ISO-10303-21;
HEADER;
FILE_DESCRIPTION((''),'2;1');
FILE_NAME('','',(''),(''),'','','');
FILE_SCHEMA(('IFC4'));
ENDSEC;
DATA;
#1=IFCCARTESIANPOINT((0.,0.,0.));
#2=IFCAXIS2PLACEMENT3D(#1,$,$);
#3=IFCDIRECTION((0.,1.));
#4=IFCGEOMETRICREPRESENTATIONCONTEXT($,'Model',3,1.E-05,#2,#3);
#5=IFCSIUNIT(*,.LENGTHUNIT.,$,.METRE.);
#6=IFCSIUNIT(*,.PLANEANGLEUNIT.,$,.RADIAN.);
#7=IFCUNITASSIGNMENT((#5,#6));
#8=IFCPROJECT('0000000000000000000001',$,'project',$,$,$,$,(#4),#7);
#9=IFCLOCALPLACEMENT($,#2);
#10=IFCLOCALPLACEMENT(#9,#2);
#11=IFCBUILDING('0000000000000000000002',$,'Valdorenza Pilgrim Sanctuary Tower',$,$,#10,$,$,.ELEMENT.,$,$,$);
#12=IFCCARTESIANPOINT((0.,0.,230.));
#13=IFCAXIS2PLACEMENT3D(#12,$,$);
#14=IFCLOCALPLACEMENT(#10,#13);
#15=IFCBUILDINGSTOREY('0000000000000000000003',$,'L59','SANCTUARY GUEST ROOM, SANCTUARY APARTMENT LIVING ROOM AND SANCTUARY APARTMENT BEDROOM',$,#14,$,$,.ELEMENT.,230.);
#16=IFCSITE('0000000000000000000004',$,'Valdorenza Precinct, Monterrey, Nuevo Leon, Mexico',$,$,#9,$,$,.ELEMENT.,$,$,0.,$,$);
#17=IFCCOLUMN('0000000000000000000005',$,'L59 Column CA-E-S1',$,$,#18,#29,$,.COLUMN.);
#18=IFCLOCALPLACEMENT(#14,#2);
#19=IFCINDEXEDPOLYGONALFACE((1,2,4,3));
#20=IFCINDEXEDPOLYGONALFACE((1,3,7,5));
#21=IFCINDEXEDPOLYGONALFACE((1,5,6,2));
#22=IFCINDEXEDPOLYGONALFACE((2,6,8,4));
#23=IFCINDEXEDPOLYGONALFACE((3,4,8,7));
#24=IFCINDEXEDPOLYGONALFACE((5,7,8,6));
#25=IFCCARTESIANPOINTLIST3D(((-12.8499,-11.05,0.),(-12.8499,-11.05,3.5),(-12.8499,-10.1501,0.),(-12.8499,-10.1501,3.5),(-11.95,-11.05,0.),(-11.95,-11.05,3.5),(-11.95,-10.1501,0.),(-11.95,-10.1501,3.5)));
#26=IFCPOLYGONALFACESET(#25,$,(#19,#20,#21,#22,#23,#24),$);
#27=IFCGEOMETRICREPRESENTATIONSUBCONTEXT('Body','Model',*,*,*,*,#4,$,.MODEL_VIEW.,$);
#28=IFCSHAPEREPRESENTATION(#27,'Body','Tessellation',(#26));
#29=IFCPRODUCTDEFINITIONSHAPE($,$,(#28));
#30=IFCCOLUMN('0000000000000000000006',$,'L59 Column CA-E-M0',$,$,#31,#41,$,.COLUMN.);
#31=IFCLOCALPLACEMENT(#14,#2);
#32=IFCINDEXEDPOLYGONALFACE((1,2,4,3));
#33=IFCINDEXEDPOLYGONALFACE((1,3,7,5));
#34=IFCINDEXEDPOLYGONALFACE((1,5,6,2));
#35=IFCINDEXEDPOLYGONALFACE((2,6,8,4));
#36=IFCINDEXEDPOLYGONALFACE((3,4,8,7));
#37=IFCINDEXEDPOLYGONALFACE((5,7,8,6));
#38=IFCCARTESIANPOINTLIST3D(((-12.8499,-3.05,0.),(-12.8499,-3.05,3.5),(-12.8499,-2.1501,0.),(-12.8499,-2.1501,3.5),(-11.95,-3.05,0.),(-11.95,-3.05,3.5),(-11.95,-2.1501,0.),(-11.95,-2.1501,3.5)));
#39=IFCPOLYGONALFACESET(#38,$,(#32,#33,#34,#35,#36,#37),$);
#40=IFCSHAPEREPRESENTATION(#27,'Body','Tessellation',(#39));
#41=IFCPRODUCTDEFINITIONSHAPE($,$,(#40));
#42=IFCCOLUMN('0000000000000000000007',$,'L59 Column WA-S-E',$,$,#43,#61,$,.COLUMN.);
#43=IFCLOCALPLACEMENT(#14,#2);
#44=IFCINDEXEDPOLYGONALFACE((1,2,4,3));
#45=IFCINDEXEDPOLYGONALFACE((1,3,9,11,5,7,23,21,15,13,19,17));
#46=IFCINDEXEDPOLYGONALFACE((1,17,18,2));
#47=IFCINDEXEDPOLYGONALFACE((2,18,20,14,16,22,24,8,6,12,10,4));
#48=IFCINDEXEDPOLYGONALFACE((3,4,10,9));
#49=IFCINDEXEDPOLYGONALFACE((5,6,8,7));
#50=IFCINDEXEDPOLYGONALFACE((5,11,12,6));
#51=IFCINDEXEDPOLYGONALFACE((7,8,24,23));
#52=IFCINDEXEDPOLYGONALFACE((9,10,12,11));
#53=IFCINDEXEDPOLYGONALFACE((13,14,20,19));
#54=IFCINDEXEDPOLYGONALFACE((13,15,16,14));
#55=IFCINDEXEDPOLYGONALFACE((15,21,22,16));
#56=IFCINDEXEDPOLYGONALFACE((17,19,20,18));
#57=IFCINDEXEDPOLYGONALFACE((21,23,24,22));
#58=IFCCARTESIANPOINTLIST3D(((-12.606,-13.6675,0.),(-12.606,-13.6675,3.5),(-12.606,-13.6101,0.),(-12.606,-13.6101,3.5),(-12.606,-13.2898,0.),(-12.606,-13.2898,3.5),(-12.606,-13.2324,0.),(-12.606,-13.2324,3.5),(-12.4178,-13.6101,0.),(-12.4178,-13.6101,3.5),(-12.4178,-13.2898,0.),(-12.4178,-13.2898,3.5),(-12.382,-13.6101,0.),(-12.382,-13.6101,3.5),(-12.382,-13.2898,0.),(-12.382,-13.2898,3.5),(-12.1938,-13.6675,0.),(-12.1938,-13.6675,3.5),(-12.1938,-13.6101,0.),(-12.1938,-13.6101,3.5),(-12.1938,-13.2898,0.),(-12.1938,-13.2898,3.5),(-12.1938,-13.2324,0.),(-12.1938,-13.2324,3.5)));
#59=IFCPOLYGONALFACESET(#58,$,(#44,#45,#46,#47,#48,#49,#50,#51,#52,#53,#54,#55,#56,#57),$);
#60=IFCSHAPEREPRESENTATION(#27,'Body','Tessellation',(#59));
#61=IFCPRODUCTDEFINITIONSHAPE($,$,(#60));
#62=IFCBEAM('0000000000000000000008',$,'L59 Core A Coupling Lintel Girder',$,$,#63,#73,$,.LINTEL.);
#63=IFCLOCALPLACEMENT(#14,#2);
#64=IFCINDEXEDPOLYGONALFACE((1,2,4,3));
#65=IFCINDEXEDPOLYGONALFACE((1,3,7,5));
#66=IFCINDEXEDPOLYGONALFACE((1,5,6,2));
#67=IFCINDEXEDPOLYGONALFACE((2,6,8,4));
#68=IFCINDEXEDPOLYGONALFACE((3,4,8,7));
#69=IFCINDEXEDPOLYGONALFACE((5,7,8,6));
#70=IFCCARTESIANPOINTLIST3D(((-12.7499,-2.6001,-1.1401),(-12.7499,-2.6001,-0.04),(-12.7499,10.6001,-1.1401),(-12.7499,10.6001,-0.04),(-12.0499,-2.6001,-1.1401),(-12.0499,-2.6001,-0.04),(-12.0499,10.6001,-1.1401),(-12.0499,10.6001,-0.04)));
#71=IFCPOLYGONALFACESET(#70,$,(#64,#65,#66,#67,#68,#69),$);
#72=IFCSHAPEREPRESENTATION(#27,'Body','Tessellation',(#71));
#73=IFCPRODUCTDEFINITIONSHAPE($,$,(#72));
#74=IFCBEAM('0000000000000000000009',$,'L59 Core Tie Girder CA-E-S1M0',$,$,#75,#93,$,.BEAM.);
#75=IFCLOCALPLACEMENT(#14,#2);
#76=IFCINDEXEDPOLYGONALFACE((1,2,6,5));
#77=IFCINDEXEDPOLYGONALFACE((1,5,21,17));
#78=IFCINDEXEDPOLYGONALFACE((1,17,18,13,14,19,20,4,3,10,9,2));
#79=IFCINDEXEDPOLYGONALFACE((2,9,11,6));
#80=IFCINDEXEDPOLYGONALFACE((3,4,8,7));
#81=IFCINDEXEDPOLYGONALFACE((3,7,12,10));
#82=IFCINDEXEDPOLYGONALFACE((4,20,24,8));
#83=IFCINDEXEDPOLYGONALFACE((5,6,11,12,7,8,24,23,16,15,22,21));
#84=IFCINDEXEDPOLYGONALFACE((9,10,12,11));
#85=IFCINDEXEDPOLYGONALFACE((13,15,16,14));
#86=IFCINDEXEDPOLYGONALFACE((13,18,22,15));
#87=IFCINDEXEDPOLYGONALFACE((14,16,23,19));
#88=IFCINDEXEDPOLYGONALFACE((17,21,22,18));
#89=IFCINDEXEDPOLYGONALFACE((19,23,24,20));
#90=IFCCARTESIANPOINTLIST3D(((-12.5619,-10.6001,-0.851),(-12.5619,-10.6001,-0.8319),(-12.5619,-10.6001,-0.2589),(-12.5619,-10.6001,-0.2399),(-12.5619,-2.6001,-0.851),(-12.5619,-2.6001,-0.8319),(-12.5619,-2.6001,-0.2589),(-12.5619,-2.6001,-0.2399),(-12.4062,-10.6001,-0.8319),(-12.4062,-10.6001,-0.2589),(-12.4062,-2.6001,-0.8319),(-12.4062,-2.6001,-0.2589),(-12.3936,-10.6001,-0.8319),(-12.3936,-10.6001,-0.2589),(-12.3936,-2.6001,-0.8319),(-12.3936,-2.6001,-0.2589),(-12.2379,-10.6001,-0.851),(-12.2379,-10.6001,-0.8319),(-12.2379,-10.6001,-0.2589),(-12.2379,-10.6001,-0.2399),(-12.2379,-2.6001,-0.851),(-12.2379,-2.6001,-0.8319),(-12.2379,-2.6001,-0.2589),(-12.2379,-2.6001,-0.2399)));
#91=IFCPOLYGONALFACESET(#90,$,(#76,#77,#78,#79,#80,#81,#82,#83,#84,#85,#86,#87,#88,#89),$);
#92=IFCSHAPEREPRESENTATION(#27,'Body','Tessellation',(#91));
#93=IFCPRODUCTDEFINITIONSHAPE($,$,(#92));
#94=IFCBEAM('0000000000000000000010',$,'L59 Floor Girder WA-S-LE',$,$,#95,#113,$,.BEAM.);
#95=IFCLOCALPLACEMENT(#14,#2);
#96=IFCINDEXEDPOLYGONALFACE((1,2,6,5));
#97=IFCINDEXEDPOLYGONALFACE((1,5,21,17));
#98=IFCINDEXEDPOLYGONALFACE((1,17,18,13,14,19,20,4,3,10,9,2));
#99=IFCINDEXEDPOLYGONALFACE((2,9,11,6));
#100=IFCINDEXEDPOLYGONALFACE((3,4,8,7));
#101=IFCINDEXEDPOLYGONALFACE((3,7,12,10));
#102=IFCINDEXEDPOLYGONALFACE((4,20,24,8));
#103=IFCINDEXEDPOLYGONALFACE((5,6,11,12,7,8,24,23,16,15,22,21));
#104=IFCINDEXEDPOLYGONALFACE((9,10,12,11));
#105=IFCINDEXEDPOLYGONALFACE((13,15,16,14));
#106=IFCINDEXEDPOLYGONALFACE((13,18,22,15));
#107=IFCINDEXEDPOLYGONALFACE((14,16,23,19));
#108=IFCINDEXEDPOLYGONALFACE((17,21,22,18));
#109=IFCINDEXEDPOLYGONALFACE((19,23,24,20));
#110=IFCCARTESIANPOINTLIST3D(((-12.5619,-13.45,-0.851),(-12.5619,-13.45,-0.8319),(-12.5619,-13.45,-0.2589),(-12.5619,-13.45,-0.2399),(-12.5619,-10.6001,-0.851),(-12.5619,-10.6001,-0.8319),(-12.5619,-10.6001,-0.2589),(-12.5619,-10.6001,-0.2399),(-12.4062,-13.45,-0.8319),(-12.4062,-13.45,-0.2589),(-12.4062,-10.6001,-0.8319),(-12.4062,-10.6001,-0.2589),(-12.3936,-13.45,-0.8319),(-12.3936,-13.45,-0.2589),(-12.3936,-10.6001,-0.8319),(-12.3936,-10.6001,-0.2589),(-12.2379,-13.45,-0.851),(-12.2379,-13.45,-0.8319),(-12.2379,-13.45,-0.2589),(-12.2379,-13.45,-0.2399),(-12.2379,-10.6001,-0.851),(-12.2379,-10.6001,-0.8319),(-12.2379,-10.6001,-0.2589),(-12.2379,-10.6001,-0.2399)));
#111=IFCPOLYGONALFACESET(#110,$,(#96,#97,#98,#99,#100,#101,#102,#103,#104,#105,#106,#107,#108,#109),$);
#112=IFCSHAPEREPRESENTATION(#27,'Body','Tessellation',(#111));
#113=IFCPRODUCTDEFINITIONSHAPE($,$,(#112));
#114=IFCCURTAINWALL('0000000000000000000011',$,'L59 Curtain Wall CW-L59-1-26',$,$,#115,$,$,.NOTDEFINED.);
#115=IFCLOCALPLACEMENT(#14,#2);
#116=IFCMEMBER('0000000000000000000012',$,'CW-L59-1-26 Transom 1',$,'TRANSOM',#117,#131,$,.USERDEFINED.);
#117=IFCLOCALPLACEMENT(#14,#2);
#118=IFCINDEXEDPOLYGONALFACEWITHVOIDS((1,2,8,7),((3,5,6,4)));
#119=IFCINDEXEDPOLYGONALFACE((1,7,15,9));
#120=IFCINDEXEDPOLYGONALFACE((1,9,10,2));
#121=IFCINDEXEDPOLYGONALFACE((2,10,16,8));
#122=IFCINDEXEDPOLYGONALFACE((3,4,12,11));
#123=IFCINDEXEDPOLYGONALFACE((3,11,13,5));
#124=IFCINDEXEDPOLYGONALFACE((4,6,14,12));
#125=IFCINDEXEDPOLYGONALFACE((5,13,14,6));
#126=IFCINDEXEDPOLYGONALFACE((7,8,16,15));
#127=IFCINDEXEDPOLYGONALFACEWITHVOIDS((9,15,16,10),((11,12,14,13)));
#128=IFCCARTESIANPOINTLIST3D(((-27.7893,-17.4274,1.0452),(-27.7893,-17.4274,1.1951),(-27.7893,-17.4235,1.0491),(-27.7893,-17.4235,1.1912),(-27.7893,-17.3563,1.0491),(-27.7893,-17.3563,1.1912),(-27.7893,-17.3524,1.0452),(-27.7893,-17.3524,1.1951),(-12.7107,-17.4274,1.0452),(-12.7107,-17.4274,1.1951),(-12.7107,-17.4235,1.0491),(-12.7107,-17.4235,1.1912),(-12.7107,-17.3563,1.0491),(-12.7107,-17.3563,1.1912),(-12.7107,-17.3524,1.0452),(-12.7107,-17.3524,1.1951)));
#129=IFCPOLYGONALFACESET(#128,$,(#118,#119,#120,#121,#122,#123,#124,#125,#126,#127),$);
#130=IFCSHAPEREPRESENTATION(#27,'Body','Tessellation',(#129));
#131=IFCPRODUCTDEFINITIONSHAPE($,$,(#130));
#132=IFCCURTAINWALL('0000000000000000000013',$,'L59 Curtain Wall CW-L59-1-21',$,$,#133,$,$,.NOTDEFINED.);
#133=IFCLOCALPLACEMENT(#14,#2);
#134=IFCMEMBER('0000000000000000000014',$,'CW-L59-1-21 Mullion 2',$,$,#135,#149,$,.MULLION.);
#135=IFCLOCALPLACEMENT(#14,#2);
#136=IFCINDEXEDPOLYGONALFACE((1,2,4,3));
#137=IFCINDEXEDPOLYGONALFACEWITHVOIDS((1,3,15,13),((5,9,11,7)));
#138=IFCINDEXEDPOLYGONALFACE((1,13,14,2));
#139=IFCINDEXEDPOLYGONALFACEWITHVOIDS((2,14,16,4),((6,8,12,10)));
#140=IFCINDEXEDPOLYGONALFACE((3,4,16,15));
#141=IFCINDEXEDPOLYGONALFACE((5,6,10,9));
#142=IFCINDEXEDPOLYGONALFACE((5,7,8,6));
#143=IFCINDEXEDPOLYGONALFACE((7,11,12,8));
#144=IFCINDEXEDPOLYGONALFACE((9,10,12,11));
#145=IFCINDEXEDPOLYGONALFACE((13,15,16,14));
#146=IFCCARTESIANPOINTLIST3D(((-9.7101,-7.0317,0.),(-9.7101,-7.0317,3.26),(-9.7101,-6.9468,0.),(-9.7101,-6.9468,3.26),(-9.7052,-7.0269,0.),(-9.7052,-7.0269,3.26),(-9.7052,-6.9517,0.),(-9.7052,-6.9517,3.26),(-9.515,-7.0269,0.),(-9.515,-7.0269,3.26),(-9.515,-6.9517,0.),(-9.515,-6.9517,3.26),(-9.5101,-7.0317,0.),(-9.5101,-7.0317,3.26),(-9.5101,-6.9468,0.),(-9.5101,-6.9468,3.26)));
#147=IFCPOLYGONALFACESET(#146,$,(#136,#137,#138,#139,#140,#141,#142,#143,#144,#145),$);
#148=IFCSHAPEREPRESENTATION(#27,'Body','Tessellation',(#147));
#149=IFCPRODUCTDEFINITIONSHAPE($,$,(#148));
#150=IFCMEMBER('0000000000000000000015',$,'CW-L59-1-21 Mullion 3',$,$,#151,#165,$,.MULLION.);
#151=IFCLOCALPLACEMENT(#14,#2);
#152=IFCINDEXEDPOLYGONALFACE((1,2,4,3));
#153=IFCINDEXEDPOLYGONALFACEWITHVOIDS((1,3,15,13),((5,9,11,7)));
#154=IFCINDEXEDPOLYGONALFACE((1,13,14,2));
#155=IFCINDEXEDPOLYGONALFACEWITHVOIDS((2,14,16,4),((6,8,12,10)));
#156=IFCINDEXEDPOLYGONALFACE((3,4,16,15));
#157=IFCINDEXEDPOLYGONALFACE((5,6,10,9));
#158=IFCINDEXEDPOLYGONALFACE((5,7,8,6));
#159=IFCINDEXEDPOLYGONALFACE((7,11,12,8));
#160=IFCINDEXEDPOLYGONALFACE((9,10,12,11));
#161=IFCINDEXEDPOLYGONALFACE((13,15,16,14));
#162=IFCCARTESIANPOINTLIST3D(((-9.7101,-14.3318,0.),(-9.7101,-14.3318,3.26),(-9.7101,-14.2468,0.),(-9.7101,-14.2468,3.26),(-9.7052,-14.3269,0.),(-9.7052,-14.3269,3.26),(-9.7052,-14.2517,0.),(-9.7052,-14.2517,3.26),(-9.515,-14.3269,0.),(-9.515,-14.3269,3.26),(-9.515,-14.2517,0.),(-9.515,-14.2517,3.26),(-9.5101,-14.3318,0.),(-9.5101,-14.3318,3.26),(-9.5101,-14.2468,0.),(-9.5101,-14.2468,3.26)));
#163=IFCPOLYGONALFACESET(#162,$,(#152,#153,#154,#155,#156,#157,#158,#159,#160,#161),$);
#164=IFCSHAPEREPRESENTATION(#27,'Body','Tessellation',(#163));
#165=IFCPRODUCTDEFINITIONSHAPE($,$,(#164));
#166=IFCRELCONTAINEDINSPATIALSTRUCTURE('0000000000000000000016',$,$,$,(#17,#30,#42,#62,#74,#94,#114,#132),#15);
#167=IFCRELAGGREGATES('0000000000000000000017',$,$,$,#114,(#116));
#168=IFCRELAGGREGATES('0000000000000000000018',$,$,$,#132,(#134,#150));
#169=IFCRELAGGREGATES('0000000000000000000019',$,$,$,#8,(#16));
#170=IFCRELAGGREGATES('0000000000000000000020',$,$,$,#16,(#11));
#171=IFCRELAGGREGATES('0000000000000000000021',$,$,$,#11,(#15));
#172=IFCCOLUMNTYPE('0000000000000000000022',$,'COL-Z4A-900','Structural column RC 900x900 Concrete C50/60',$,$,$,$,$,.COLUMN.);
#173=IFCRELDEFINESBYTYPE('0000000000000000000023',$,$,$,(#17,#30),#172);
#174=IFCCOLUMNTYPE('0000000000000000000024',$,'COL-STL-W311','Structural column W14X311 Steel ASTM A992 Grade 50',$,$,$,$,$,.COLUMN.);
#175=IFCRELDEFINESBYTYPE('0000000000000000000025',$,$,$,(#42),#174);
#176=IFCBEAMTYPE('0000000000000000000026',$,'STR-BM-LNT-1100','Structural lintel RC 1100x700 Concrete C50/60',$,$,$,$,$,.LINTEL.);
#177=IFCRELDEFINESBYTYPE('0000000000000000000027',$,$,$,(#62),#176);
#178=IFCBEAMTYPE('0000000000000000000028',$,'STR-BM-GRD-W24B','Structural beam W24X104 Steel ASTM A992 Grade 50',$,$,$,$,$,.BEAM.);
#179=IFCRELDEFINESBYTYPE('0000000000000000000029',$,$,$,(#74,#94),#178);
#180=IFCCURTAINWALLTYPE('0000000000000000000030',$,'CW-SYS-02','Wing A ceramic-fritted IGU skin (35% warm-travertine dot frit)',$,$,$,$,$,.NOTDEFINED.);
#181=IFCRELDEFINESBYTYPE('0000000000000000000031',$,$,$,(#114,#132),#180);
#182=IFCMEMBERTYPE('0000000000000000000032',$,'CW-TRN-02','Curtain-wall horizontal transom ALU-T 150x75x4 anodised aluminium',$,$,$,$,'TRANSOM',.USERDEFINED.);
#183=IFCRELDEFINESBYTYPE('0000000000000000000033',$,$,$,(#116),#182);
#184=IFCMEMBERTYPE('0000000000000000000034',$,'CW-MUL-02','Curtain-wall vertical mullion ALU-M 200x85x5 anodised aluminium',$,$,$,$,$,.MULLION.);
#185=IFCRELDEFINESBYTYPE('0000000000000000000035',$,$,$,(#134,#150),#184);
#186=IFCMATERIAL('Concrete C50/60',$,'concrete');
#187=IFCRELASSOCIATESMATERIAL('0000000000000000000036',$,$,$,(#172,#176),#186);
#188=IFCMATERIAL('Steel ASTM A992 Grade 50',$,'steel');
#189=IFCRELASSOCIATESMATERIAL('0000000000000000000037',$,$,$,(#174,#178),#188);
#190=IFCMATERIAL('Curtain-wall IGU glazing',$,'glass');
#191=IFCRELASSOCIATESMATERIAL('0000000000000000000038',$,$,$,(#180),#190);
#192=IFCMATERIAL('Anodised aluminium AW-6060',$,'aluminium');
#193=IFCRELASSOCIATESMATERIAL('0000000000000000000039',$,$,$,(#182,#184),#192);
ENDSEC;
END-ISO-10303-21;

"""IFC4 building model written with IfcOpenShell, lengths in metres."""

from ifc_helpers import new_model, si_unit, direction, frame, origin, origin_2d, place, context, subcontext, project, spatial, rectangle, hollow_rectangle, i_section, extrude, source, transform, mapped, material, material_profile, profile_set, type_object, element, aggregate, save


model = new_model("IFC4")

# Units and contexts
model_context = context("Model", 3, precision=1e-05, world=origin(), true_north=direction((0.0, 1.0)))
body_context = subcontext(model_context, "Body", "Model", "MODEL_VIEW")
ifc_project = project(units=[si_unit("LENGTHUNIT", "METRE"), si_unit("PLANEANGLEUNIT", "RADIAN")], contexts=[model_context])

# Site, building, storey
site_placement = place(None, origin())
site = spatial("IfcSite", under=ifc_project, at=site_placement, Name="Valdorenza Precinct, Monterrey, Nuevo Leon, Mexico", CompositionType="ELEMENT", RefElevation=0.0)
building_placement = place(site_placement, origin())
building = spatial("IfcBuilding", under=site, at=building_placement, Name="Valdorenza Pilgrim Sanctuary Tower", CompositionType="ELEMENT")
storey_placement = place(building_placement, frame((0.0, 0.0, 230.0)))
storey = spatial("IfcBuildingStorey", under=building, at=storey_placement, Name="L59", Description="SANCTUARY GUEST ROOM, SANCTUARY APARTMENT LIVING ROOM AND SANCTUARY APARTMENT BEDROOM", CompositionType="ELEMENT", Elevation=230.0)

# Columns
ifc_material_1 = material(Name="Concrete C50/60", Category="concrete")
ifc_material_profile_1 = material_profile(ifc_material_1, rectangle(XDim=0.8999, YDim=0.8999, at=origin_2d()), Name="RC 900x900")
ifc_profile_set_1 = profile_set([ifc_material_profile_1], Name="Concrete C50/60")
column_type_1 = type_object("IfcColumnType", Name="COL-Z4A-900", Description="Structural column RC 900x900 Concrete C50/60", PredefinedType="COLUMN", material=ifc_profile_set_1)
shared_shape_1 = source(origin(), body_context, "Body", "SweptSolid", [
    extrude(rectangle(XDim=0.8999, YDim=0.8999, at=origin_2d()), origin(), (0.0, 0.0, 1.0), 3.5),
])
for number, where, z_axis, x_axis, name in (
    (1, (-12.3999, -10.6001, 0.0), (0.0, 0.0, 1.0), (1.0, 0.0, 0.0), "L59 Column CA-E-S1"),
    (2, (-12.3999, -2.6001, 0.0), (0.0, 0.0, 1.0), (1.0, 0.0, 0.0), "L59 Column CA-E-M0"),
):
    element("IfcColumn", number, at=place(storey_placement, frame(where, z_axis=z_axis, x_axis=x_axis)), inside=storey, type_object=column_type_1, Name=name, PredefinedType="COLUMN", context=body_context, shape_type="MappedRepresentation", body=[
        mapped(shared_shape_1, transform((0.0, 0.0, 0.0), x_axis=(1.0, 0.0, 0.0), y_axis=(0.0, 1.0, 0.0), z_axis=(0.0, 0.0, 1.0), scale=1.0)),
    ])
ifc_material_2 = material(Name="Steel ASTM A992 Grade 50", Category="steel")
ifc_material_profile_2 = material_profile(ifc_material_2, i_section(OverallWidth=0.4121, OverallDepth=0.4351, WebThickness=0.0359, FlangeThickness=0.0574, at=origin_2d()), Name="W14X311")
ifc_profile_set_2 = profile_set([ifc_material_profile_2], Name="Steel ASTM A992 Grade 50")
column_type_2 = type_object("IfcColumnType", Name="COL-STL-W311", Description="Structural column W14X311 Steel ASTM A992 Grade 50", PredefinedType="COLUMN", material=ifc_profile_set_2)
shared_shape_2 = source(origin(), body_context, "Body", "SweptSolid", [
    extrude(i_section(OverallWidth=0.4121, OverallDepth=0.4351, WebThickness=0.0359, FlangeThickness=0.0574, at=origin_2d()), origin(), (0.0, 0.0, 1.0), 3.5),
])
column_placement = place(storey_placement, frame((-12.3999, -13.45, 0.0), z_axis=(0.0, 0.0, 1.0), x_axis=(1.0, 0.0, 0.0)))
element("IfcColumn", 3, at=column_placement, inside=storey, type_object=column_type_2, Name="L59 Column WA-S-E", PredefinedType="COLUMN", context=body_context, shape_type="MappedRepresentation", body=[
    mapped(shared_shape_2, transform((0.0, 0.0, 0.0), x_axis=(1.0, 0.0, 0.0), y_axis=(0.0, 1.0, 0.0), z_axis=(0.0, 0.0, 1.0), scale=1.0)),
])

# Beams
ifc_material_profile_3 = material_profile(ifc_material_1, rectangle(XDim=0.7, YDim=1.1001, at=origin_2d()), Name="RC 1100x700")
ifc_profile_set_3 = profile_set([ifc_material_profile_3], Name="Concrete C50/60")
beam_type_1 = type_object("IfcBeamType", Name="STR-BM-LNT-1100", Description="Structural lintel RC 1100x700 Concrete C50/60", PredefinedType="LINTEL", material=ifc_profile_set_3)
shared_shape_3 = source(origin(), body_context, "Body", "SweptSolid", [
    extrude(rectangle(XDim=0.7, YDim=1.1001, at=origin_2d()), origin(), (0.0, 0.0, 1.0), 13.2002),
])
beam_1_placement = place(storey_placement, frame((-12.3999, -2.6001, -0.5901), z_axis=(0.0, 1.0, 0.0), x_axis=(-1.0, 0.0, 0.0)))
element("IfcBeam", 4, at=beam_1_placement, inside=storey, type_object=beam_type_1, Name="L59 Core A Coupling Lintel Girder", PredefinedType="LINTEL", context=body_context, shape_type="MappedRepresentation", body=[
    mapped(shared_shape_3, transform((0.0, 0.0, 0.0), x_axis=(1.0, 0.0, 0.0), y_axis=(0.0, 1.0, 0.0), z_axis=(0.0, 0.0, 1.0), scale=1.0)),
])
ifc_material_profile_4 = material_profile(ifc_material_2, i_section(OverallWidth=0.324, OverallDepth=0.6111, WebThickness=0.0127, FlangeThickness=0.019, at=origin_2d()), Name="W24X104")
ifc_profile_set_4 = profile_set([ifc_material_profile_4], Name="Steel ASTM A992 Grade 50")
beam_type_2 = type_object("IfcBeamType", Name="STR-BM-GRD-W24B", Description="Structural beam W24X104 Steel ASTM A992 Grade 50", PredefinedType="BEAM", material=ifc_profile_set_4)
shared_shape_4 = source(origin(), body_context, "Body", "SweptSolid", [
    extrude(i_section(OverallWidth=0.324, OverallDepth=0.6111, WebThickness=0.0127, FlangeThickness=0.019, at=origin_2d()), origin(), (0.0, 0.0, 1.0), 8.0),
])
beam_2_placement = place(storey_placement, frame((-12.3999, -10.6001, -0.5454), z_axis=(0.0, 1.0, 0.0), x_axis=(-1.0, 0.0, 0.0)))
element("IfcBeam", 5, at=beam_2_placement, inside=storey, type_object=beam_type_2, Name="L59 Core Tie Girder CA-E-S1M0", PredefinedType="BEAM", context=body_context, shape_type="MappedRepresentation", body=[
    mapped(shared_shape_4, transform((0.0, 0.0, 0.0), x_axis=(1.0, 0.0, 0.0), y_axis=(0.0, 1.0, 0.0), z_axis=(0.0, 0.0, 1.0), scale=1.0)),
])
shared_shape_5 = source(origin(), body_context, "Body", "SweptSolid", [
    extrude(i_section(OverallWidth=0.324, OverallDepth=0.6111, WebThickness=0.0127, FlangeThickness=0.019, at=origin_2d()), origin(), (0.0, 0.0, 1.0), 2.8499),
])
beam_3_placement = place(storey_placement, frame((-12.3999, -13.45, -0.5454), z_axis=(0.0, 1.0, 0.0), x_axis=(-1.0, 0.0, 0.0)))
element("IfcBeam", 6, at=beam_3_placement, inside=storey, type_object=beam_type_2, Name="L59 Floor Girder WA-S-LE", PredefinedType="BEAM", context=body_context, shape_type="MappedRepresentation", body=[
    mapped(shared_shape_5, transform((0.0, 0.0, 0.0), x_axis=(1.0, 0.0, 0.0), y_axis=(0.0, 1.0, 0.0), z_axis=(0.0, 0.0, 1.0), scale=1.0)),
])

# Curtain wall, member
ifc_material_3 = material(Name="Curtain-wall IGU glazing", Category="glass")
curtain_wall_type = type_object("IfcCurtainWallType", Name="CW-SYS-02", Description="Wing A ceramic-fritted IGU skin (35% warm-travertine dot frit)", PredefinedType="NOTDEFINED", material=ifc_material_3)
curtain_wall_1_placement = place(storey_placement, origin())
curtain_wall_1 = element("IfcCurtainWall", 7, at=curtain_wall_1_placement, inside=storey, type_object=curtain_wall_type, Name="L59 Curtain Wall CW-L59-1-26", PredefinedType="NOTDEFINED")
ifc_material_4 = material(Name="Anodised aluminium AW-6060", Category="aluminium")
ifc_material_profile_5 = material_profile(ifc_material_4, hollow_rectangle(XDim=0.075, YDim=0.1499, WallThickness=0.0039, at=origin_2d()), Name="ALU-T 150x75x4")
ifc_profile_set_5 = profile_set([ifc_material_profile_5], Name="Anodised aluminium AW-6060")
member_type_1 = type_object("IfcMemberType", Name="CW-TRN-02", Description="Curtain-wall horizontal transom ALU-T 150x75x4 anodised aluminium", ElementType="TRANSOM", PredefinedType="USERDEFINED", material=ifc_profile_set_5)
shared_shape_6 = source(origin(), body_context, "Body", "SweptSolid", [
    extrude(hollow_rectangle(XDim=0.075, YDim=0.1499, WallThickness=0.0039, at=origin_2d()), origin(), (0.0, 0.0, 1.0), 15.0786),
])
member_1_placement = place(storey_placement, frame((-12.7107, -17.3899, 1.1201), z_axis=(-1.0, 0.0, 0.0), x_axis=(0.0, -1.0, 0.0)))
member_1 = element("IfcMember", 8, at=member_1_placement, type_object=member_type_1, Name="CW-L59-1-26 Transom 1", ObjectType="TRANSOM", PredefinedType="USERDEFINED", context=body_context, shape_type="MappedRepresentation", body=[
    mapped(shared_shape_6, transform((0.0, 0.0, 0.0), x_axis=(1.0, 0.0, 0.0), y_axis=(0.0, 1.0, 0.0), z_axis=(0.0, 0.0, 1.0), scale=1.0)),
])
aggregate(curtain_wall_1, [member_1])

# Curtain wall, members
curtain_wall_2_placement = place(storey_placement, origin())
curtain_wall_2 = element("IfcCurtainWall", 9, at=curtain_wall_2_placement, inside=storey, type_object=curtain_wall_type, Name="L59 Curtain Wall CW-L59-1-21", PredefinedType="NOTDEFINED")
ifc_material_profile_6 = material_profile(ifc_material_4, hollow_rectangle(XDim=0.085, YDim=0.2, WallThickness=0.0049, at=origin_2d()), Name="ALU-M 200x85x5")
ifc_profile_set_6 = profile_set([ifc_material_profile_6], Name="Anodised aluminium AW-6060")
member_type_2 = type_object("IfcMemberType", Name="CW-MUL-02", Description="Curtain-wall vertical mullion ALU-M 200x85x5 anodised aluminium", PredefinedType="MULLION", material=ifc_profile_set_6)
shared_shape_7 = source(origin(), body_context, "Body", "SweptSolid", [
    extrude(hollow_rectangle(XDim=0.085, YDim=0.2, WallThickness=0.0049, at=origin_2d()), origin(), (0.0, 0.0, 1.0), 3.26),
])
member_2_placement = place(storey_placement, frame((-9.6101, -6.9893, 0.0), z_axis=(0.0, 0.0, 1.0), x_axis=(0.0, -1.0, 0.0)))
member_2 = element("IfcMember", 10, at=member_2_placement, type_object=member_type_2, Name="CW-L59-1-21 Mullion 2", PredefinedType="MULLION", context=body_context, shape_type="MappedRepresentation", body=[
    mapped(shared_shape_7, transform((0.0, 0.0, 0.0), x_axis=(1.0, 0.0, 0.0), y_axis=(0.0, 1.0, 0.0), z_axis=(0.0, 0.0, 1.0), scale=1.0)),
])
member_3_placement = place(storey_placement, frame((-9.6101, -14.2893, 0.0), z_axis=(0.0, 0.0, 1.0), x_axis=(0.0, -1.0, 0.0)))
member_3 = element("IfcMember", 11, at=member_3_placement, type_object=member_type_2, Name="CW-L59-1-21 Mullion 3", PredefinedType="MULLION", context=body_context, shape_type="MappedRepresentation", body=[
    mapped(shared_shape_7, transform((0.0, 0.0, 0.0), x_axis=(1.0, 0.0, 0.0), y_axis=(0.0, 1.0, 0.0), z_axis=(0.0, 0.0, 1.0), scale=1.0)),
])

aggregate(curtain_wall_2, [member_2, member_3])

save(model, "model.ifc")
